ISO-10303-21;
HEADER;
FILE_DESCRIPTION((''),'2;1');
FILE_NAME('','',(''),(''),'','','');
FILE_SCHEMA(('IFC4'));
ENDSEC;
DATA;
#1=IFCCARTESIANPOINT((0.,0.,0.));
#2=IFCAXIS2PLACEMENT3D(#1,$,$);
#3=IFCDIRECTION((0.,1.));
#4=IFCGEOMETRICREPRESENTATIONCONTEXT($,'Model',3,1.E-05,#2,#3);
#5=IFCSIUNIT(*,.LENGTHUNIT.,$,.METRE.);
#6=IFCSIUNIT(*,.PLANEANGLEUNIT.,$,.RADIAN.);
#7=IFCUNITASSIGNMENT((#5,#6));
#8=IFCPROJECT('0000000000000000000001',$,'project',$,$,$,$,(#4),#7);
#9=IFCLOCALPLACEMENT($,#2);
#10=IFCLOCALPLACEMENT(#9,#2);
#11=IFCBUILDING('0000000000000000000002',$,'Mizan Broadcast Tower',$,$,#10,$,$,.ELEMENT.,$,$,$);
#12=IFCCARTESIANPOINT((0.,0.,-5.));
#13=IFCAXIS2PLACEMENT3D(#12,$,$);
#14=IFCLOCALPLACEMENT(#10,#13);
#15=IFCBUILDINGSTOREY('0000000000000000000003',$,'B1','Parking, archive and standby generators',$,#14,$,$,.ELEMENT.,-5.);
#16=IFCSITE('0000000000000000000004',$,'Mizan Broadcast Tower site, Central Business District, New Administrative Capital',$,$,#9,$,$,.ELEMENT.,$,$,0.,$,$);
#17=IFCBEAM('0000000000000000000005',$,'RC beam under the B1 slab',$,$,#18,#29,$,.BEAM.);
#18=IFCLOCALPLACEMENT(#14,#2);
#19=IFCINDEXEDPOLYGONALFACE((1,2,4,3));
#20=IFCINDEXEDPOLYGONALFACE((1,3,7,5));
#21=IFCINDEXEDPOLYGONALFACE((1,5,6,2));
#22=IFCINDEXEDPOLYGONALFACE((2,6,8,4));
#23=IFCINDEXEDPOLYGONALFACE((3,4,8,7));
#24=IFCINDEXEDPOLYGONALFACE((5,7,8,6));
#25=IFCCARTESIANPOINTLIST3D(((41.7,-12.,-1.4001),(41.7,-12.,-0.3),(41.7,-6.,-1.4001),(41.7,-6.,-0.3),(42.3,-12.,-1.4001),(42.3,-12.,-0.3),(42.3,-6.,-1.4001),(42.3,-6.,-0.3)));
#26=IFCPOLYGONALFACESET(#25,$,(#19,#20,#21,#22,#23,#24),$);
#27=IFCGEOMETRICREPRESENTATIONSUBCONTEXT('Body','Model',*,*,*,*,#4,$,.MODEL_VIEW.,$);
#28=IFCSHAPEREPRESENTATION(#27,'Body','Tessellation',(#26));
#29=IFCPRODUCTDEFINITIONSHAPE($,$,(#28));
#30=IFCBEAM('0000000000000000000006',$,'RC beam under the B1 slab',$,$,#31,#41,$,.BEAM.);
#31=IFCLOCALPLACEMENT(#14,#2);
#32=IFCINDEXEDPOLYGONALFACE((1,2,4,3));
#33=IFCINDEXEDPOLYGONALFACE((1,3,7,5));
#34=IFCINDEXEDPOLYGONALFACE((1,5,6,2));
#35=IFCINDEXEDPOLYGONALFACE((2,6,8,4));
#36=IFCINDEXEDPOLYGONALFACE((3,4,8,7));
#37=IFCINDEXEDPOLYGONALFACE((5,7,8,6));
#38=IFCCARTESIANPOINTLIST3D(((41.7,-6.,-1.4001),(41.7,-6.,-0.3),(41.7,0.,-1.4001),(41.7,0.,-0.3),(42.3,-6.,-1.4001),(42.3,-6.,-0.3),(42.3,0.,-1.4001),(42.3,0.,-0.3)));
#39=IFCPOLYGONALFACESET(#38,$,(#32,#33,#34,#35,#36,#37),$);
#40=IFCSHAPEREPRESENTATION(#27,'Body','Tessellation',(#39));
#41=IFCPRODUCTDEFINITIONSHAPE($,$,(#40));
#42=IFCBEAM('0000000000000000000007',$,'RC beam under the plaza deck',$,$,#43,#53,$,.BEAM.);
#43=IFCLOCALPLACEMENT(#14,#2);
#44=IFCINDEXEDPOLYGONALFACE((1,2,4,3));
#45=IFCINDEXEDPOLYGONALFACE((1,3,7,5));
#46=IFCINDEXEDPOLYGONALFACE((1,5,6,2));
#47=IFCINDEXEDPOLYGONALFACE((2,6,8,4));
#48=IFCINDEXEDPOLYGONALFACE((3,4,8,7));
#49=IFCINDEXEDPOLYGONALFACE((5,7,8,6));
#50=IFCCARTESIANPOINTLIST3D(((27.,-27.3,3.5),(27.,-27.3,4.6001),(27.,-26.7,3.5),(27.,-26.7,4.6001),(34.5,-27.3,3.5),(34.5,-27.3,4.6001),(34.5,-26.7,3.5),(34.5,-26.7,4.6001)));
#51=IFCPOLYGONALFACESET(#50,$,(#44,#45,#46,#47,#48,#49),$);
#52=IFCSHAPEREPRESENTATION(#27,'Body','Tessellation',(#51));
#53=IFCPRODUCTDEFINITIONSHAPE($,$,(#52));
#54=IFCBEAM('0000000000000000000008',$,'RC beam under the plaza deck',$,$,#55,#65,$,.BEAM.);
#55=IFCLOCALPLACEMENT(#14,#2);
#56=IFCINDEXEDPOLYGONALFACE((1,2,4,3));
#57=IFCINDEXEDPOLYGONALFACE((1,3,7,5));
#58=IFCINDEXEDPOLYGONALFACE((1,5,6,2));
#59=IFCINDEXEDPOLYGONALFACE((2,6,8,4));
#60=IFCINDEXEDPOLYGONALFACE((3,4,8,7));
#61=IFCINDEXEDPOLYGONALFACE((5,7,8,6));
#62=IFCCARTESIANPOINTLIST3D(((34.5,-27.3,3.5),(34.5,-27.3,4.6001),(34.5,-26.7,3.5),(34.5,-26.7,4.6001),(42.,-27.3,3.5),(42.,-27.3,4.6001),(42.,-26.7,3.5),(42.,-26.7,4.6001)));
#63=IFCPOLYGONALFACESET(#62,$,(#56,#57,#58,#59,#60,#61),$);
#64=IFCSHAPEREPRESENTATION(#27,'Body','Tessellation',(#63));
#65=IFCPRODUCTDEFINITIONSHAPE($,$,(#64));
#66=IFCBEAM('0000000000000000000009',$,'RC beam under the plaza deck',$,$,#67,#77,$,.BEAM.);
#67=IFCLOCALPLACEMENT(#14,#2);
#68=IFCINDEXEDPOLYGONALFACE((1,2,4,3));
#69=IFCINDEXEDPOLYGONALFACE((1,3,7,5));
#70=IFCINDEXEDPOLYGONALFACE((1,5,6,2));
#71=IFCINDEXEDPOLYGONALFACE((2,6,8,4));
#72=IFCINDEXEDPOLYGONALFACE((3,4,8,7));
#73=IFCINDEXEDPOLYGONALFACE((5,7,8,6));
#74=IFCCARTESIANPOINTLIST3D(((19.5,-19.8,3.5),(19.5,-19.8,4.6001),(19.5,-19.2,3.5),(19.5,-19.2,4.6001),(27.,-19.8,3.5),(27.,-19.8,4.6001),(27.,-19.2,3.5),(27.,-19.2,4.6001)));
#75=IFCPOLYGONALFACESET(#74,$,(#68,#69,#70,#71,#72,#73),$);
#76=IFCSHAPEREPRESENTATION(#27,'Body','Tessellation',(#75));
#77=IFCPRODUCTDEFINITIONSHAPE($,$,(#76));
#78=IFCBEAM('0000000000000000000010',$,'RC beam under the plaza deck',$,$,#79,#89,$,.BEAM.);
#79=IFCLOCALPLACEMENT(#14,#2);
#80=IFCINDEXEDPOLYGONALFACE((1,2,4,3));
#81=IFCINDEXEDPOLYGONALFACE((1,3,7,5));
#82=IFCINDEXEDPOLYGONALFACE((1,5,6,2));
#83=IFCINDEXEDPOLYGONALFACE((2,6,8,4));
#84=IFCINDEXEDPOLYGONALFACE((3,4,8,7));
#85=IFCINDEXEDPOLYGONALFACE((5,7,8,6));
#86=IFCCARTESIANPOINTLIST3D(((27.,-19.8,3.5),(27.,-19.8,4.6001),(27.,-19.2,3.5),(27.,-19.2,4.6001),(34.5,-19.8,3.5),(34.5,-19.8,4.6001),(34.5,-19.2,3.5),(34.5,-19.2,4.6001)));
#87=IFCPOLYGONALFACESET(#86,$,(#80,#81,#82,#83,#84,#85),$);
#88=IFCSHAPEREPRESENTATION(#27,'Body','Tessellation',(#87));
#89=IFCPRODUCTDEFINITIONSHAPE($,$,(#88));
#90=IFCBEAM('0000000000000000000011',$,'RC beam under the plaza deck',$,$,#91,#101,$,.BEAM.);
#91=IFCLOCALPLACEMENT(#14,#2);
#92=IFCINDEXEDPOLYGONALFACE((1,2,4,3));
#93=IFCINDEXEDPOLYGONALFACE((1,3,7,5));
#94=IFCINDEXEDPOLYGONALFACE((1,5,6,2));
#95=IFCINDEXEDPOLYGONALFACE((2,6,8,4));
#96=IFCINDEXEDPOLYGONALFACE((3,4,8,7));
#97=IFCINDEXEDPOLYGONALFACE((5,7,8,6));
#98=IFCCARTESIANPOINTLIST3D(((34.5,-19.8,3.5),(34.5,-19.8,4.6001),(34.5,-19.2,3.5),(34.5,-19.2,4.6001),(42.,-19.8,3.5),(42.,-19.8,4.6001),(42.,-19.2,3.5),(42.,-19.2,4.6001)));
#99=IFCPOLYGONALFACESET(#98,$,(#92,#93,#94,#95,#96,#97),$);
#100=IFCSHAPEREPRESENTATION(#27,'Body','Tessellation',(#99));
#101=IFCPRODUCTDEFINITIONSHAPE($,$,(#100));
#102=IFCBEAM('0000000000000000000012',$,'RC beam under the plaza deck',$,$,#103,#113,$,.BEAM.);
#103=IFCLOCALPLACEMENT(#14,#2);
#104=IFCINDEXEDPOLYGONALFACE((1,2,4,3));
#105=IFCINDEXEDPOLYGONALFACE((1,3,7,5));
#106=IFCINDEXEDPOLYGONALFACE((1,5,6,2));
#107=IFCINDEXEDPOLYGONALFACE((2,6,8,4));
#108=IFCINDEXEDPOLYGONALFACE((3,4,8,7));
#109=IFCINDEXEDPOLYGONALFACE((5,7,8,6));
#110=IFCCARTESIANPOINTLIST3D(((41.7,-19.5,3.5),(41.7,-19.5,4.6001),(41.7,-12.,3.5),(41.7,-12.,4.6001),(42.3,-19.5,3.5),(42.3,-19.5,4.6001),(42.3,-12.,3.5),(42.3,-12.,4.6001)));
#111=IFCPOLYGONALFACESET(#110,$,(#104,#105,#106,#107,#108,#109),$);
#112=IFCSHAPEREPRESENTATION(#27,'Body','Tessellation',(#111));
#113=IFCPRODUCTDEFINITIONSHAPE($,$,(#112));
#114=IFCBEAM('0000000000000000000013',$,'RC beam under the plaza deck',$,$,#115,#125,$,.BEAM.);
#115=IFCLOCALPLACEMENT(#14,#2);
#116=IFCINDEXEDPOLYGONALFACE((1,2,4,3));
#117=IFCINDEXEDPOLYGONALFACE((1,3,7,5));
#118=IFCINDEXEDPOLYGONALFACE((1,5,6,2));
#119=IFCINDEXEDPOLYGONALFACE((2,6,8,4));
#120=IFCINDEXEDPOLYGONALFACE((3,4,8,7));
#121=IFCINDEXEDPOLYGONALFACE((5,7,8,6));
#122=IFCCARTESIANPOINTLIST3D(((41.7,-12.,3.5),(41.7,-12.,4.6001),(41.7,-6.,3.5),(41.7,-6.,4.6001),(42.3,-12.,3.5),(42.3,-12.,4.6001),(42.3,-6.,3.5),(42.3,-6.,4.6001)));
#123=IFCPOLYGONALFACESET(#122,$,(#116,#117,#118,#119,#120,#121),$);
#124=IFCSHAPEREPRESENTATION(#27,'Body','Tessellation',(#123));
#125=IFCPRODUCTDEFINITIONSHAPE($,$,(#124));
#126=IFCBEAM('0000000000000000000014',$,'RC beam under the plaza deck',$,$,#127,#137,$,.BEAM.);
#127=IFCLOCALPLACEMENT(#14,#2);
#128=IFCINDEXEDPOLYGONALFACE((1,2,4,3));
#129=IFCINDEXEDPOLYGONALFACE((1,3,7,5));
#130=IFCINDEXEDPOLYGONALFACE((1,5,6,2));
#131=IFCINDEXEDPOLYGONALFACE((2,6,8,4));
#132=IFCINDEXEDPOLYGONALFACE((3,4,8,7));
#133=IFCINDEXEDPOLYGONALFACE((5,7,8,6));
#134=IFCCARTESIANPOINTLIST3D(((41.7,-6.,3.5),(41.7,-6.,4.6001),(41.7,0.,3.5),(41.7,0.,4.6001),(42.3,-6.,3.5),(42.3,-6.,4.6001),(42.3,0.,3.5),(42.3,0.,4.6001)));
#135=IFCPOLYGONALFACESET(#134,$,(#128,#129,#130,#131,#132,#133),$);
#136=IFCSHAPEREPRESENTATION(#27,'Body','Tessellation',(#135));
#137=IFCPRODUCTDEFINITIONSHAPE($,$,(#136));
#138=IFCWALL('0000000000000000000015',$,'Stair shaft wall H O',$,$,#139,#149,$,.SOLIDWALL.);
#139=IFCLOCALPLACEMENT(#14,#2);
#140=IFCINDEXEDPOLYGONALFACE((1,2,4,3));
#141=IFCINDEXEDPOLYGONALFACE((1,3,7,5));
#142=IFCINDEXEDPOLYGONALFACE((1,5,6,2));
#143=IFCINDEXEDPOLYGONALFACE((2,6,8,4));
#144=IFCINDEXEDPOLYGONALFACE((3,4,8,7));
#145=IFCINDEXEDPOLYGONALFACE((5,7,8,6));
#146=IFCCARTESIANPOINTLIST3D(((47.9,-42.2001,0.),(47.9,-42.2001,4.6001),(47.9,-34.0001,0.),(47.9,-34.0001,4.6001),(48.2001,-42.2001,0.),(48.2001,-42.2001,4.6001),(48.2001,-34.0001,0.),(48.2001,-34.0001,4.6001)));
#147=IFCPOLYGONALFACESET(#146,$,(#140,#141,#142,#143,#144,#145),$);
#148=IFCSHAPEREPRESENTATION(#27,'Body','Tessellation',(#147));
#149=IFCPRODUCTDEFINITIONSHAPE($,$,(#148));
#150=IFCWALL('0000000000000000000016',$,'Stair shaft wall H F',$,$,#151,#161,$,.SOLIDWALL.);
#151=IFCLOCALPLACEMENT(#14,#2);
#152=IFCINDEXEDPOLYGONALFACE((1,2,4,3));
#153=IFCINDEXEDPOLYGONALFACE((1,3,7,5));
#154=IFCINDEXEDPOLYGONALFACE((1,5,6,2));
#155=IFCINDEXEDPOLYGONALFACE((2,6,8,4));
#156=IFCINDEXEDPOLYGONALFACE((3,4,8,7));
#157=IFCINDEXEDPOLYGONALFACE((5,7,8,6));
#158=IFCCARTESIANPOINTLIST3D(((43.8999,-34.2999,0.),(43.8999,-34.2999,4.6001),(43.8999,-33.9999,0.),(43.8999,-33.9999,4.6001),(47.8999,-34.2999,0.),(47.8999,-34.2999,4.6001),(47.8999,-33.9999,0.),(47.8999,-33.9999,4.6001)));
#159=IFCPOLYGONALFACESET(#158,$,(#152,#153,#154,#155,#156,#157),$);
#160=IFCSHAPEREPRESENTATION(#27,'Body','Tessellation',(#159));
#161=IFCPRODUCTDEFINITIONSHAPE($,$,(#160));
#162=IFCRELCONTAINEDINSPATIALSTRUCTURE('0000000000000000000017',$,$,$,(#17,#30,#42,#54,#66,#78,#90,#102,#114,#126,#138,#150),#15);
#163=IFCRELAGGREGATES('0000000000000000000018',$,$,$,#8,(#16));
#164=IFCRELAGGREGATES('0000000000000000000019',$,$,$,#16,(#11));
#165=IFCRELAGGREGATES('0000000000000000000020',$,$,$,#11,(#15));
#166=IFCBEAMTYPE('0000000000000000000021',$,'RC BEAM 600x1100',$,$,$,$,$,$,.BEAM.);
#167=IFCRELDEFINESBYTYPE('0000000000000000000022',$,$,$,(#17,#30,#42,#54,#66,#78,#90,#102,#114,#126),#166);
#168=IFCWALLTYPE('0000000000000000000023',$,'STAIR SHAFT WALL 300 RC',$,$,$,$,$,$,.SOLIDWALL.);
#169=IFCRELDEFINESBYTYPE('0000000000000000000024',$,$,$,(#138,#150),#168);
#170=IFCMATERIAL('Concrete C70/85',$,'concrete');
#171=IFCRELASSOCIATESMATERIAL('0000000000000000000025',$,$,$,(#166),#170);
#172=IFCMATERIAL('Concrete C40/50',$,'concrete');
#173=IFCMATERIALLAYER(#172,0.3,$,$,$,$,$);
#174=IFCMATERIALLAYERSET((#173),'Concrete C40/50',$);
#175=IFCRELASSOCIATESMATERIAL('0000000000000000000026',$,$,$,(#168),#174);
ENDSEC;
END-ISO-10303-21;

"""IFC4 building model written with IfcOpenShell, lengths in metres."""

from ifc_helpers import new_model, si_unit, direction, frame, frame_2d, origin, origin_2d, place, context, subcontext, project, spatial, rectangle, extrude, material, layer, layer_set, material_profile, profile_set, type_object, element, save


model = new_model("IFC4")

# Units and contexts
model_context = context("Model", 3, precision=1e-05, world=origin(), true_north=direction((0.0, 1.0)))
body_context = subcontext(model_context, "Body", "Model", "MODEL_VIEW")
ifc_project = project(units=[si_unit("LENGTHUNIT", "METRE"), si_unit("PLANEANGLEUNIT", "RADIAN")], contexts=[model_context])

# Site, building, storey
site_placement = place(None, origin())
site = spatial("IfcSite", under=ifc_project, at=site_placement, Name="Mizan Broadcast Tower site, Central Business District, New Administrative Capital", CompositionType="ELEMENT", RefElevation=0.0)
building_placement = place(site_placement, origin())
building = spatial("IfcBuilding", under=site, at=building_placement, Name="Mizan Broadcast Tower", CompositionType="ELEMENT")
storey_placement = place(building_placement, frame((0.0, 0.0, -5.0)))
storey = spatial("IfcBuildingStorey", under=building, at=storey_placement, Name="B1", Description="Parking, archive and standby generators", CompositionType="ELEMENT", Elevation=-5.0)

# Beams
ifc_material_1 = material(Name="Concrete C70/85", Category="concrete")
ifc_material_profile_1 = material_profile(ifc_material_1, rectangle(XDim=0.6001, YDim=1.1001, at=origin_2d()), Name="RC 600x1100")
ifc_profile_set_1 = profile_set([ifc_material_profile_1], Name="Concrete C70/85")
beam_type = type_object("IfcBeamType", Name="RC BEAM 600x1100", PredefinedType="BEAM", material=ifc_profile_set_1)
for number, where, z_axis, x_axis, name in (
    (1, (42.0, -12.0, -0.8501), (0.0, 1.0, 0.0), (-1.0, 0.0, 0.0), "RC beam under the B1 slab"),
    (2, (42.0, -6.0, -0.8501), (0.0, 1.0, 0.0), (-1.0, 0.0, 0.0), "RC beam under the B1 slab"),
):
    element("IfcBeam", number, at=place(storey_placement, frame(where, z_axis=z_axis, x_axis=x_axis)), inside=storey, type_object=beam_type, Name=name, PredefinedType="BEAM", context=body_context, shape_type="SweptSolid", body=[
        extrude(rectangle(XDim=0.6001, YDim=1.1001, at=origin_2d()), origin(), (0.0, 0.0, 1.0), 6.0),
    ])
for number, where, z_axis, x_axis, name in (
    (3, (27.0, -27.0, 4.05), (1.0, 0.0, 0.0), (0.0, 1.0, 0.0), "RC beam under the plaza deck"),
    (4, (34.5, -27.0, 4.05), (1.0, 0.0, 0.0), (0.0, 1.0, 0.0), "RC beam under the plaza deck"),
    (5, (19.5, -19.5, 4.05), (1.0, 0.0, 0.0), (0.0, 1.0, 0.0), "RC beam under the plaza deck"),
    (6, (27.0, -19.5, 4.05), (1.0, 0.0, 0.0), (0.0, 1.0, 0.0), "RC beam under the plaza deck"),
    (7, (34.5, -19.5, 4.05), (1.0, 0.0, 0.0), (0.0, 1.0, 0.0), "RC beam under the plaza deck"),
    (8, (42.0, -19.5, 4.05), (0.0, 1.0, 0.0), (-1.0, 0.0, 0.0), "RC beam under the plaza deck"),
):
    element("IfcBeam", number, at=place(storey_placement, frame(where, z_axis=z_axis, x_axis=x_axis)), inside=storey, type_object=beam_type, Name=name, PredefinedType="BEAM", context=body_context, shape_type="SweptSolid", body=[
        extrude(rectangle(XDim=0.6001, YDim=1.1001, at=origin_2d()), origin(), (0.0, 0.0, 1.0), 7.5),
    ])
for number, where, z_axis, x_axis, name in (
    (9, (42.0, -12.0, 4.05), (0.0, 1.0, 0.0), (-1.0, 0.0, 0.0), "RC beam under the plaza deck"),
    (10, (42.0, -6.0, 4.05), (0.0, 1.0, 0.0), (-1.0, 0.0, 0.0), "RC beam under the plaza deck"),
):
    element("IfcBeam", number, at=place(storey_placement, frame(where, z_axis=z_axis, x_axis=x_axis)), inside=storey, type_object=beam_type, Name=name, PredefinedType="BEAM", context=body_context, shape_type="SweptSolid", body=[
        extrude(rectangle(XDim=0.6001, YDim=1.1001, at=origin_2d()), origin(), (0.0, 0.0, 1.0), 6.0),
    ])

# Walls
ifc_material_2 = material(Name="Concrete C40/50", Category="concrete")
ifc_layer = layer(ifc_material_2, 0.3)
ifc_layer_set = layer_set([ifc_layer], Name="Concrete C40/50")
wall_type = type_object("IfcWallType", Name="STAIR SHAFT WALL 300 RC", PredefinedType="SOLIDWALL", material=ifc_layer_set)
wall_1_placement = place(storey_placement, frame((48.05, -34.0, 0.0), z_axis=(0.0, 0.0, 1.0), x_axis=(0.0, -1.0, 0.0)))
element("IfcWall", 11, at=wall_1_placement, inside=storey, type_object=wall_type, Name="Stair shaft wall H O", PredefinedType="SOLIDWALL", context=body_context, shape_type="SweptSolid", body=[
    extrude(rectangle(XDim=8.2, YDim=0.3, at=frame_2d((4.1001, 0.0))), origin(), (0.0, 0.0, 1.0), 4.6001),
])
wall_2_placement = place(storey_placement, frame((47.8999, -34.1499, 0.0), z_axis=(0.0, 0.0, 1.0), x_axis=(-1.0, 0.0, 0.0)))
element("IfcWall", 12, at=wall_2_placement, inside=storey, type_object=wall_type, Name="Stair shaft wall H F", PredefinedType="SOLIDWALL", context=body_context, shape_type="SweptSolid", body=[
    extrude(rectangle(XDim=4.0, YDim=0.3, at=frame_2d((2.0, 0.0))), origin(), (0.0, 0.0, 1.0), 4.6001),
])

save(model, "model.ifc")
